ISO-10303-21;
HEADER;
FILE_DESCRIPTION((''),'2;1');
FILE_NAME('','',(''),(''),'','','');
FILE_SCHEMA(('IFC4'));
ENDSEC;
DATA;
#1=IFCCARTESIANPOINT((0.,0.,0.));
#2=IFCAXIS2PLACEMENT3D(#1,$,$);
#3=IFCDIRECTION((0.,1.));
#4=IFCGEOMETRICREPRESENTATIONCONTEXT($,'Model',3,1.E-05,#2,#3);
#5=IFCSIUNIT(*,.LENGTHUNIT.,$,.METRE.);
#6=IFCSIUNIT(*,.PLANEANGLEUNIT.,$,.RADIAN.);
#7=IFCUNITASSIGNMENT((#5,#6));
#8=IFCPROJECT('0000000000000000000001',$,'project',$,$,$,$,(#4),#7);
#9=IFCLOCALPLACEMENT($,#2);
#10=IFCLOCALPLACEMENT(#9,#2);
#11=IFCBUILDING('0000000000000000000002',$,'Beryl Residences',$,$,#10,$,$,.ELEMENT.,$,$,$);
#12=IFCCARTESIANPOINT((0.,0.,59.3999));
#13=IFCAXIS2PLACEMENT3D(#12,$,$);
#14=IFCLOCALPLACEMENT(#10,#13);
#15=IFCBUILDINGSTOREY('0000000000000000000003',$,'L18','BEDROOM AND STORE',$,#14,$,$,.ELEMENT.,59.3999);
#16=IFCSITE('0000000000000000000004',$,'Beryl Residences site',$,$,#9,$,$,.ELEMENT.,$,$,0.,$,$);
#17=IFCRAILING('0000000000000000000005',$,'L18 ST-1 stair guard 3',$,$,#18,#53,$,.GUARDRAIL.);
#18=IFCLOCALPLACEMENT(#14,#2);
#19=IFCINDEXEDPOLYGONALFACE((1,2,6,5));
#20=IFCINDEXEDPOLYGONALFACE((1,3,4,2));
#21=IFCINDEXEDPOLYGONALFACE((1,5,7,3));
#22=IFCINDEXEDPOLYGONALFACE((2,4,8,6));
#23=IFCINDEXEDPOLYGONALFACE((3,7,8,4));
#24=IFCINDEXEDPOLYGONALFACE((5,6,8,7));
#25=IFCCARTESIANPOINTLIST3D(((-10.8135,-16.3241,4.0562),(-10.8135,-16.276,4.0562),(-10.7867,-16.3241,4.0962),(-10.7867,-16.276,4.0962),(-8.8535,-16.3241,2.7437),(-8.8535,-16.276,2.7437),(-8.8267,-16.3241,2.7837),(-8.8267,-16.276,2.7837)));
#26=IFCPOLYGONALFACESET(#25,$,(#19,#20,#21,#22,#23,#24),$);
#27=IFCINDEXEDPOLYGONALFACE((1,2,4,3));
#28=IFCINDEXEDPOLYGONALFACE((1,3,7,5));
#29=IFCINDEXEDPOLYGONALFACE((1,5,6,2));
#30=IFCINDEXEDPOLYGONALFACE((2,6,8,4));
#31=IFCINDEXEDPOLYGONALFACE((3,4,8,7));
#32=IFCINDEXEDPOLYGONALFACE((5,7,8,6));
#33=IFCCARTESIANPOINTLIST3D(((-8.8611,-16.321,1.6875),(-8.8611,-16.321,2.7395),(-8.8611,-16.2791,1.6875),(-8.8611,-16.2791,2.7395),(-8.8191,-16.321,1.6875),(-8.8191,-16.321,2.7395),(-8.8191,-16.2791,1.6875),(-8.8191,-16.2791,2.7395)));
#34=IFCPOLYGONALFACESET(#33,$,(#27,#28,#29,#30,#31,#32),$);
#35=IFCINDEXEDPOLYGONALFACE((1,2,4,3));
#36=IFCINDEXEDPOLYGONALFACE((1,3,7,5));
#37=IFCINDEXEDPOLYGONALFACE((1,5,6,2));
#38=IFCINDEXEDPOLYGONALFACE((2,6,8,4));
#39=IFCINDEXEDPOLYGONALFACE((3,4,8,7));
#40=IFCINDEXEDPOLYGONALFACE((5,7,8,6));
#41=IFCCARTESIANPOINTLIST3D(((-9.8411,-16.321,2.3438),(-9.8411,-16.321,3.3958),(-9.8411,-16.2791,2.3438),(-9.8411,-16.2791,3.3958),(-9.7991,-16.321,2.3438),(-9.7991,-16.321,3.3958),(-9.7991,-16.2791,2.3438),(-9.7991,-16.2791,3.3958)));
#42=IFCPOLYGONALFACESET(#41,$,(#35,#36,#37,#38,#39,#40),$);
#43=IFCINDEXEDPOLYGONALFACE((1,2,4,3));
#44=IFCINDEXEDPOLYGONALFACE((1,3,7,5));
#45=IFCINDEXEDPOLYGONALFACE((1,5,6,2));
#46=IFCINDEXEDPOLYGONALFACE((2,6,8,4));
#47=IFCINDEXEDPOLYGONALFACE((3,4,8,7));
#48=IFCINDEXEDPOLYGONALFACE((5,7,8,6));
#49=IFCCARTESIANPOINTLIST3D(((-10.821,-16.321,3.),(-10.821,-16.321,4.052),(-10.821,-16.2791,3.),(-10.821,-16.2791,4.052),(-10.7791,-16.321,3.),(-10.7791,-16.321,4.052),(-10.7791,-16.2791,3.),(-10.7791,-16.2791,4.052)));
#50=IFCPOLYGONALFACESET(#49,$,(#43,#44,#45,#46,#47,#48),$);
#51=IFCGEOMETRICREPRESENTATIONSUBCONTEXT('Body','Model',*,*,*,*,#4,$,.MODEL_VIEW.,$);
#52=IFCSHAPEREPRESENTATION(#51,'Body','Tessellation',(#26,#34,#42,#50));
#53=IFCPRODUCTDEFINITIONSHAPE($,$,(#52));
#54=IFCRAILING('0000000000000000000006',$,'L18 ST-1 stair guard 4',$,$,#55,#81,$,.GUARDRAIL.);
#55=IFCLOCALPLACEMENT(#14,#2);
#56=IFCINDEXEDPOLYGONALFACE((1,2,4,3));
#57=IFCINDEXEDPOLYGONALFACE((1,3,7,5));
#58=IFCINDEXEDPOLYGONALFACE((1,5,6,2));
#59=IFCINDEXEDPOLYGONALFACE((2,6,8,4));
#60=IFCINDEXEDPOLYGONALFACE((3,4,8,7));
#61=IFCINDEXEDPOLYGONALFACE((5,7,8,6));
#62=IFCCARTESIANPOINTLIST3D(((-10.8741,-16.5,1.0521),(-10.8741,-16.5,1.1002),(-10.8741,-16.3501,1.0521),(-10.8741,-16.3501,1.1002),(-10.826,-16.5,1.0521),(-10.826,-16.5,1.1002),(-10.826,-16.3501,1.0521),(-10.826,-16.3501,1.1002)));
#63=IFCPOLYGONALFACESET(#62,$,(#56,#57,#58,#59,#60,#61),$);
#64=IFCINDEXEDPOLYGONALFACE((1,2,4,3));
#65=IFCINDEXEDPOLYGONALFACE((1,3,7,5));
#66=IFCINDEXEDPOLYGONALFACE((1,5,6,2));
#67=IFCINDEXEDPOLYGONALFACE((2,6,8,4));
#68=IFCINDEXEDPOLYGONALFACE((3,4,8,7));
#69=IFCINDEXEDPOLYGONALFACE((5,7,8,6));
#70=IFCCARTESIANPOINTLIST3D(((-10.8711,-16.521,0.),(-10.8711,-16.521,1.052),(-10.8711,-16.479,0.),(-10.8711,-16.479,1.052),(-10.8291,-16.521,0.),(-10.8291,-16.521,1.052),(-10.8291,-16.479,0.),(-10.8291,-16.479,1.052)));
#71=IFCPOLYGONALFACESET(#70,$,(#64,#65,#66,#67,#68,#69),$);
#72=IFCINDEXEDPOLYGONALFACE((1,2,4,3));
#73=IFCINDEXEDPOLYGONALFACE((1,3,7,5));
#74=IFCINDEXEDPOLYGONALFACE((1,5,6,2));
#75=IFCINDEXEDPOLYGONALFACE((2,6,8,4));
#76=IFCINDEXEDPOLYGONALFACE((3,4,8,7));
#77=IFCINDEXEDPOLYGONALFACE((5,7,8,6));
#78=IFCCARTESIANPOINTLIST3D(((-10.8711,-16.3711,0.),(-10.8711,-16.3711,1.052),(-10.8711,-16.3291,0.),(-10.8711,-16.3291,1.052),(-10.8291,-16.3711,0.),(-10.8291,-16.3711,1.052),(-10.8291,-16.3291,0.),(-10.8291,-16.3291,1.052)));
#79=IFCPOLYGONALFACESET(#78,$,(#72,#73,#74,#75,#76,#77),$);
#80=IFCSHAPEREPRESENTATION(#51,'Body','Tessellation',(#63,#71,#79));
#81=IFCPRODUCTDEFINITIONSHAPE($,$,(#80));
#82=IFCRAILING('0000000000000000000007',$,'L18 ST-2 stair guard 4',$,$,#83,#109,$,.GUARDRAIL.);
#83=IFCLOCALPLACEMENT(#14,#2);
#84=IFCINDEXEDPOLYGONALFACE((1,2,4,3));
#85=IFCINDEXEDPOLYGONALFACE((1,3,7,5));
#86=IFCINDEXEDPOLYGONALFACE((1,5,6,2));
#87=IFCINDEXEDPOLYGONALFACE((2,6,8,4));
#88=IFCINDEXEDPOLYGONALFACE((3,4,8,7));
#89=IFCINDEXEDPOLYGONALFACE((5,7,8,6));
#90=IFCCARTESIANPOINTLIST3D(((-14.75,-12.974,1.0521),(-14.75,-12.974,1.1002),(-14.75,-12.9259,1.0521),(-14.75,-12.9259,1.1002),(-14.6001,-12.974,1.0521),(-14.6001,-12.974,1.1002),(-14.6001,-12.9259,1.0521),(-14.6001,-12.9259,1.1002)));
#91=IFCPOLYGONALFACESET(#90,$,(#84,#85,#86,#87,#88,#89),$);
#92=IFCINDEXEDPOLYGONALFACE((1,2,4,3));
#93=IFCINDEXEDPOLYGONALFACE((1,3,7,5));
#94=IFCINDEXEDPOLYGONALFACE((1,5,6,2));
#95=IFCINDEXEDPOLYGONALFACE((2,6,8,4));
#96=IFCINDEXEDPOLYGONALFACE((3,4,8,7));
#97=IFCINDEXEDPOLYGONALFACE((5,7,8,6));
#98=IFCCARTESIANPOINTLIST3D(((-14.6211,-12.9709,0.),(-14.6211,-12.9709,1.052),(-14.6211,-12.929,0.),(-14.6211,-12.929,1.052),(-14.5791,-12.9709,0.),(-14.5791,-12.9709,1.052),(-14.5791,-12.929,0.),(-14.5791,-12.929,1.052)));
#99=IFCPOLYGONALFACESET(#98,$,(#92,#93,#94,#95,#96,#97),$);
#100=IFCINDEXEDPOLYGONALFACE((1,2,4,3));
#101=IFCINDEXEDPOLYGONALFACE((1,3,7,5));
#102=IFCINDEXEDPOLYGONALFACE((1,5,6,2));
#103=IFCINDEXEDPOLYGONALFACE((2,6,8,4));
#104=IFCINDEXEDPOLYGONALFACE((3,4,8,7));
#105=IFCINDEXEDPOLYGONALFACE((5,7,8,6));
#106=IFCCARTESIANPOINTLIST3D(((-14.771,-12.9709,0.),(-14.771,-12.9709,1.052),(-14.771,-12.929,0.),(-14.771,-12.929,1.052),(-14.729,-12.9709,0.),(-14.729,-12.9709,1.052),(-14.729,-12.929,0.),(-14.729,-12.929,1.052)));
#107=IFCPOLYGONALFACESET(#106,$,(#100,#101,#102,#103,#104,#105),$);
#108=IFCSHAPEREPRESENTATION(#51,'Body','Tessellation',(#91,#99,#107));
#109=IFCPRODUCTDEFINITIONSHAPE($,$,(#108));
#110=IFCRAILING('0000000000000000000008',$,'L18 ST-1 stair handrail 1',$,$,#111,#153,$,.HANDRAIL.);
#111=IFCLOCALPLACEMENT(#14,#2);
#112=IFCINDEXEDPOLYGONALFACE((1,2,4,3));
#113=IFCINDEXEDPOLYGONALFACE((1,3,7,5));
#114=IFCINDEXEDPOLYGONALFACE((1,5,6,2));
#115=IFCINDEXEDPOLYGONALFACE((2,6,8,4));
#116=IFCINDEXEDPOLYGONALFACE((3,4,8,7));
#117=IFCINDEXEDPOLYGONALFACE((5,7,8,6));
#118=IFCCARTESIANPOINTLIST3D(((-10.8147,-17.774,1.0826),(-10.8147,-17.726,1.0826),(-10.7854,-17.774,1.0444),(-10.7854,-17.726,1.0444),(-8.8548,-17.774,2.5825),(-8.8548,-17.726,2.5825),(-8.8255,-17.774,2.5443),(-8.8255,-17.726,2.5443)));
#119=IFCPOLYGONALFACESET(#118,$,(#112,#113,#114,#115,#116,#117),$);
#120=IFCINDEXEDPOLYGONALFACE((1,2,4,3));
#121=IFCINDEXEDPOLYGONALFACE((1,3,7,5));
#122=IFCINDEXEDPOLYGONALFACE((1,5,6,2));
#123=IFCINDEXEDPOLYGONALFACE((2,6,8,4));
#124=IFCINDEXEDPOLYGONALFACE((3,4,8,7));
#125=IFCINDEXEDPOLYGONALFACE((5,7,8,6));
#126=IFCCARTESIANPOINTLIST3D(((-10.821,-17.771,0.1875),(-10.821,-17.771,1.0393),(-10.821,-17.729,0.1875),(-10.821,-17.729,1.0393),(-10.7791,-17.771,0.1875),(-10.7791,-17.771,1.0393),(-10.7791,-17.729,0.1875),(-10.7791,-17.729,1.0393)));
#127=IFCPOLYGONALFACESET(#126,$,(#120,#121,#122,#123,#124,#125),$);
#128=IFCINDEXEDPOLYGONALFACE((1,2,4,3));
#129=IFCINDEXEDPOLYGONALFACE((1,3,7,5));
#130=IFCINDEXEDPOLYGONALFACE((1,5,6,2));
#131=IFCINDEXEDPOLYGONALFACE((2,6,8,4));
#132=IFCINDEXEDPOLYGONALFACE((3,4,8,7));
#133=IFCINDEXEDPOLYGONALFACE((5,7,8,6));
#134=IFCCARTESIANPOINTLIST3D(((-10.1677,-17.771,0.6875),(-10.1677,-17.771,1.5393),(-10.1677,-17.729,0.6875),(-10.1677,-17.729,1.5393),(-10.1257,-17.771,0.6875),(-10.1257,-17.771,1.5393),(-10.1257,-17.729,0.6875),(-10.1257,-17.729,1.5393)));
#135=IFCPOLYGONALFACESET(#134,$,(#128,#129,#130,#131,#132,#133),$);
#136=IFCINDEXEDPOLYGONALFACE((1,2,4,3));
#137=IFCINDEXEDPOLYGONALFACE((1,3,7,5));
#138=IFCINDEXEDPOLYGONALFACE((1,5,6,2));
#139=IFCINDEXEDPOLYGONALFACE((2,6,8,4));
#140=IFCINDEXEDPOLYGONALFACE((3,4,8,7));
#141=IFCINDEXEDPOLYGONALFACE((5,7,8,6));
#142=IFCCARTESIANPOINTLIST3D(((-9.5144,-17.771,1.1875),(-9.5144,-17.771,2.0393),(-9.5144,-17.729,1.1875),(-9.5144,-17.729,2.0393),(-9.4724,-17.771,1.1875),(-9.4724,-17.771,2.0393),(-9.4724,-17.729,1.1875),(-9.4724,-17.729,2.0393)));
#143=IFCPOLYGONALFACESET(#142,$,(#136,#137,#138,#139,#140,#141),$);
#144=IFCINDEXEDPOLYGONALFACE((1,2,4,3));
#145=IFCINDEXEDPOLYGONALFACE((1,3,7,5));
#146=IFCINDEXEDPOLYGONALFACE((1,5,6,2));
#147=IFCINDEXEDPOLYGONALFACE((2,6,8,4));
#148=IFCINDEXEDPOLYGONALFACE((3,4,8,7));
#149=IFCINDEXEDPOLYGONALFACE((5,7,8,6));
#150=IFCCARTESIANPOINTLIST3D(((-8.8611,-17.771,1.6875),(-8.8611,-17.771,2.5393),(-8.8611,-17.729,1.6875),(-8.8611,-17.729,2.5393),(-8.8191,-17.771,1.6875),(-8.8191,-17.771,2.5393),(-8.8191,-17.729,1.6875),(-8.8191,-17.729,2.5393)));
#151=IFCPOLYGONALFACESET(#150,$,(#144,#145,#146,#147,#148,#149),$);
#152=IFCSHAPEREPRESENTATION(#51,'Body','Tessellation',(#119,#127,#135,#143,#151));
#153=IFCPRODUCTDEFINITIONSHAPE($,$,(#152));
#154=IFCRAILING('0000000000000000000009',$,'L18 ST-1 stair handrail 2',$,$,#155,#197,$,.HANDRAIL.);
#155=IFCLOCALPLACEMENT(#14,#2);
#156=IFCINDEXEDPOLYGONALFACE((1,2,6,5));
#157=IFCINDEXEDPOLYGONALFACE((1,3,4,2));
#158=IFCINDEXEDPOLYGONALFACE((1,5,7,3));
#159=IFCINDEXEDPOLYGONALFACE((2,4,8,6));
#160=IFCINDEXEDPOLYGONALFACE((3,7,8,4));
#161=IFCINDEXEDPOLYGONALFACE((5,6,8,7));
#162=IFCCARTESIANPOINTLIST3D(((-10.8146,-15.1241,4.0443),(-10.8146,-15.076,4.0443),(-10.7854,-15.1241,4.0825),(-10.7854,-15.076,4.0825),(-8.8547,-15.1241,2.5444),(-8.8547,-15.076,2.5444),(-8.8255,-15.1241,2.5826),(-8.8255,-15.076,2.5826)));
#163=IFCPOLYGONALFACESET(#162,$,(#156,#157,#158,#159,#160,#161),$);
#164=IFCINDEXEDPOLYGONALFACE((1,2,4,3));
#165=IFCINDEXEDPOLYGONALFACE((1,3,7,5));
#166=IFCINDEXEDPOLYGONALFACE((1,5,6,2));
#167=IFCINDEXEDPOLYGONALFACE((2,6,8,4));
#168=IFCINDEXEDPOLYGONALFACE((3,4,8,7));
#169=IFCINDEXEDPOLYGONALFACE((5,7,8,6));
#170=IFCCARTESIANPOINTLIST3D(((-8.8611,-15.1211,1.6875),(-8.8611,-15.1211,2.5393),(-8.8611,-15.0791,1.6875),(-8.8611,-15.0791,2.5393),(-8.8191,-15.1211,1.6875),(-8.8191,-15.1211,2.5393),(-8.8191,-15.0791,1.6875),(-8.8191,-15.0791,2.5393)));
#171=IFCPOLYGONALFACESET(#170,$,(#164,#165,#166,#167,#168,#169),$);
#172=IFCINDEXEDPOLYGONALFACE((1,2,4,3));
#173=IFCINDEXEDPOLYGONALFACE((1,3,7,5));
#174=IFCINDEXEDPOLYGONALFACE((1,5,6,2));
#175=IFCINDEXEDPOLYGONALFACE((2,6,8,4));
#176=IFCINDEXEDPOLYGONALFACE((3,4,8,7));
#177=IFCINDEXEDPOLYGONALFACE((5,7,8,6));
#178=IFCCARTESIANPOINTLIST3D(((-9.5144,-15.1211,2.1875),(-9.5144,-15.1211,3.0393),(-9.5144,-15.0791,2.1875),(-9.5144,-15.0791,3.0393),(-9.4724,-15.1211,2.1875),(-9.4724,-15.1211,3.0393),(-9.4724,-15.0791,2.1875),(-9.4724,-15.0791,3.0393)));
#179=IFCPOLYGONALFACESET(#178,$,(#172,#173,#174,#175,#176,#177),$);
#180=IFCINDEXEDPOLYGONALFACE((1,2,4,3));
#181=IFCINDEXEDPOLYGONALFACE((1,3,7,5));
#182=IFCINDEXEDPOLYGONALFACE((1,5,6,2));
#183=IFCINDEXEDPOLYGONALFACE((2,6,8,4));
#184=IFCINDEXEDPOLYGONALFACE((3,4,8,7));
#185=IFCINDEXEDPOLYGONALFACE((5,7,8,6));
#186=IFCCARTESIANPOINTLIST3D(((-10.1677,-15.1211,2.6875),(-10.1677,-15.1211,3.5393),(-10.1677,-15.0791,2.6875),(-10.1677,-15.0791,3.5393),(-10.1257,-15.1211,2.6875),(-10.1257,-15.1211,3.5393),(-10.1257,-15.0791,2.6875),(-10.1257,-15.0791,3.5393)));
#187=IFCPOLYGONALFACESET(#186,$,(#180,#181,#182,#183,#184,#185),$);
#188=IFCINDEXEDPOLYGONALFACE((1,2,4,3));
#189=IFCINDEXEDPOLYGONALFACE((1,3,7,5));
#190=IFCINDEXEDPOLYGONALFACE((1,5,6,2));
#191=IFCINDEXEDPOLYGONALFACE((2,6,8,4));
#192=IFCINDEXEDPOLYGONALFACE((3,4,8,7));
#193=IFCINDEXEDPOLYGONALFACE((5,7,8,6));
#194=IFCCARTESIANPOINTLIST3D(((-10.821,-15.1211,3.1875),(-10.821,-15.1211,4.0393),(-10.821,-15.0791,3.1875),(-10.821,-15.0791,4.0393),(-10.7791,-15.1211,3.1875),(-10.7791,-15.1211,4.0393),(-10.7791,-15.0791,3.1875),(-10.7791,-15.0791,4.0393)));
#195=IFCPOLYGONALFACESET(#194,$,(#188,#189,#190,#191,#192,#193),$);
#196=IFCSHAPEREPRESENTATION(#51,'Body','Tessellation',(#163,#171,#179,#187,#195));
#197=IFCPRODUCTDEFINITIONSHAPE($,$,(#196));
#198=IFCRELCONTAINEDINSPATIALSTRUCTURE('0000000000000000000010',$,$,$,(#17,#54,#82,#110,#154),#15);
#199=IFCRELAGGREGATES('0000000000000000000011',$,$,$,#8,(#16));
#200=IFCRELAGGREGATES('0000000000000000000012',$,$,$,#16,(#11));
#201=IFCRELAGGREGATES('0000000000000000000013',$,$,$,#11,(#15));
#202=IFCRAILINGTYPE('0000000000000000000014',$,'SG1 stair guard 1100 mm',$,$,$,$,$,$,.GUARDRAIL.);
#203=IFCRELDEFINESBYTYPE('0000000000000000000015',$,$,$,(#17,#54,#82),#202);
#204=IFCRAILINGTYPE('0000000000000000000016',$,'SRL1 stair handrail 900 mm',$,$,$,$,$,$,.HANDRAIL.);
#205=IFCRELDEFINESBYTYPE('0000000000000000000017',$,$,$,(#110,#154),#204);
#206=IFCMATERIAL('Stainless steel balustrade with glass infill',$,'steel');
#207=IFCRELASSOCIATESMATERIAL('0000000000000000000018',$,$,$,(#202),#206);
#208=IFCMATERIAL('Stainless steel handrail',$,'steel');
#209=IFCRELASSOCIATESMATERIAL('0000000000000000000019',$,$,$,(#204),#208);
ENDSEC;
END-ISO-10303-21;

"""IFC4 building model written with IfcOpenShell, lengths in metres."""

from ifc_helpers import new_model, si_unit, direction, frame, origin, origin_2d, place, context, subcontext, project, spatial, rectangle, extrude, material, type_object, element, save


model = new_model("IFC4")

# Units and contexts
model_context = context("Model", 3, precision=1e-05, world=origin(), true_north=direction((0.0, 1.0)))
body_context = subcontext(model_context, "Body", "Model", "MODEL_VIEW")
ifc_project = project(units=[si_unit("LENGTHUNIT", "METRE"), si_unit("PLANEANGLEUNIT", "RADIAN")], contexts=[model_context])

# Site, building, storey
site_placement = place(None, origin())
site = spatial("IfcSite", under=ifc_project, at=site_placement, Name="Beryl Residences site", CompositionType="ELEMENT", RefElevation=0.0)
building_placement = place(site_placement, origin())
building = spatial("IfcBuilding", under=site, at=building_placement, Name="Beryl Residences", CompositionType="ELEMENT")
storey_placement = place(building_placement, frame((0.0, 0.0, 59.3999)))
storey = spatial("IfcBuildingStorey", under=building, at=storey_placement, Name="L18", Description="BEDROOM AND STORE", CompositionType="ELEMENT", Elevation=59.3999)

# Railings
ifc_material_1 = material(Name="Stainless steel balustrade with glass infill", Category="steel")
railing_type_1 = type_object("IfcRailingType", Name="SG1 stair guard 1100 mm", PredefinedType="GUARDRAIL", material=ifc_material_1)
railing_1_placement = place(storey_placement, frame((-8.8401, -16.3, 1.6875)))
element("IfcRailing", 1, at=railing_1_placement, inside=storey, type_object=railing_type_1, Name="L18 ST-1 stair guard 3", PredefinedType="GUARDRAIL", context=body_context, shape_type="SweptSolid", body=[
    extrude(rectangle(XDim=0.0481, YDim=0.0481, at=origin_2d()), frame((0.0, 0.0, 1.0762), z_axis=(-0.830902, 0.0, 0.556419), x_axis=(0.0, -1.0, 0.0)), (0.0, 0.0, 1.0), 2.3589),
    extrude(rectangle(XDim=0.042, YDim=0.042, at=origin_2d()), origin(), (0.0, 0.0, 1.0), 1.052),
    extrude(rectangle(XDim=0.042, YDim=0.042, at=origin_2d()), frame((-0.98, 0.0, 0.6562)), (0.0, 0.0, 1.0), 1.052),
    extrude(rectangle(XDim=0.042, YDim=0.042, at=origin_2d()), frame((-1.96, 0.0, 1.3125)), (0.0, 0.0, 1.0), 1.052),
])
railing_2_placement = place(storey_placement, frame((-10.8501, -16.5, 0.0)))
element("IfcRailing", 2, at=railing_2_placement, inside=storey, type_object=railing_type_1, Name="L18 ST-1 stair guard 4", PredefinedType="GUARDRAIL", context=body_context, shape_type="SweptSolid", body=[
    extrude(rectangle(XDim=0.0481, YDim=0.0481, at=origin_2d()), frame((0.0, 0.0, 1.0762), z_axis=(0.0, 1.0, 0.0), x_axis=(-1.0, 0.0, 0.0)), (0.0, 0.0, 1.0), 0.1499),
    extrude(rectangle(XDim=0.042, YDim=0.042, at=origin_2d()), origin(), (0.0, 0.0, 1.0), 1.052),
    extrude(rectangle(XDim=0.042, YDim=0.042, at=origin_2d()), frame((0.0, 0.1499, 0.0)), (0.0, 0.0, 1.0), 1.052),
])
railing_3_placement = place(storey_placement, frame((-14.6001, -12.95, 0.0)))
element("IfcRailing", 3, at=railing_3_placement, inside=storey, type_object=railing_type_1, Name="L18 ST-2 stair guard 4", PredefinedType="GUARDRAIL", context=body_context, shape_type="SweptSolid", body=[
    extrude(rectangle(XDim=0.0481, YDim=0.0481, at=origin_2d()), frame((0.0, 0.0, 1.0762), z_axis=(-1.0, 0.0, 0.0), x_axis=(0.0, -1.0, 0.0)), (0.0, 0.0, 1.0), 0.1499),
    extrude(rectangle(XDim=0.042, YDim=0.042, at=origin_2d()), origin(), (0.0, 0.0, 1.0), 1.052),
    extrude(rectangle(XDim=0.042, YDim=0.042, at=origin_2d()), frame((-0.1499, 0.0, 0.0)), (0.0, 0.0, 1.0), 1.052),
])
ifc_material_2 = material(Name="Stainless steel handrail", Category="steel")
railing_type_2 = type_object("IfcRailingType", Name="SRL1 stair handrail 900 mm", PredefinedType="HANDRAIL", material=ifc_material_2)
railing_4_placement = place(storey_placement, frame((-10.8, -17.75, 0.1875)))
element("IfcRailing", 4, at=railing_4_placement, inside=storey, type_object=railing_type_2, Name="L18 ST-1 stair handrail 1", PredefinedType="HANDRAIL", context=body_context, shape_type="SweptSolid", body=[
    extrude(rectangle(XDim=0.0481, YDim=0.0481, at=origin_2d()), frame((0.0, 0.0, 0.876), z_axis=(0.794122, 0.0, 0.607758), x_axis=(0.0, 1.0, 0.0)), (0.0, 0.0, 1.0), 2.468),
    extrude(rectangle(XDim=0.042, YDim=0.042, at=origin_2d()), origin(), (0.0, 0.0, 1.0), 0.8518),
    extrude(rectangle(XDim=0.042, YDim=0.042, at=origin_2d()), frame((0.6533, 0.0, 0.5)), (0.0, 0.0, 1.0), 0.8518),
    extrude(rectangle(XDim=0.042, YDim=0.042, at=origin_2d()), frame((1.3066, 0.0, 1.0)), (0.0, 0.0, 1.0), 0.8518),
    extrude(rectangle(XDim=0.042, YDim=0.042, at=origin_2d()), frame((1.96, 0.0, 1.5)), (0.0, 0.0, 1.0), 0.8518),
])
railing_5_placement = place(storey_placement, frame((-8.8401, -15.1001, 1.6875)))
element("IfcRailing", 5, at=railing_5_placement, inside=storey, type_object=railing_type_2, Name="L18 ST-1 stair handrail 2", PredefinedType="HANDRAIL", context=body_context, shape_type="SweptSolid", body=[
    extrude(rectangle(XDim=0.0481, YDim=0.0481, at=origin_2d()), frame((0.0, 0.0, 0.876), z_axis=(-0.794122, 0.0, 0.607758), x_axis=(0.0, -1.0, 0.0)), (0.0, 0.0, 1.0), 2.468),
    extrude(rectangle(XDim=0.042, YDim=0.042, at=origin_2d()), origin(), (0.0, 0.0, 1.0), 0.8518),
    extrude(rectangle(XDim=0.042, YDim=0.042, at=origin_2d()), frame((-0.6533, 0.0, 0.5)), (0.0, 0.0, 1.0), 0.8518),
    extrude(rectangle(XDim=0.042, YDim=0.042, at=origin_2d()), frame((-1.3066, 0.0, 1.0)), (0.0, 0.0, 1.0), 0.8518),
    extrude(rectangle(XDim=0.042, YDim=0.042, at=origin_2d()), frame((-1.96, 0.0, 1.5)), (0.0, 0.0, 1.0), 0.8518),
])

save(model, "model.ifc")
